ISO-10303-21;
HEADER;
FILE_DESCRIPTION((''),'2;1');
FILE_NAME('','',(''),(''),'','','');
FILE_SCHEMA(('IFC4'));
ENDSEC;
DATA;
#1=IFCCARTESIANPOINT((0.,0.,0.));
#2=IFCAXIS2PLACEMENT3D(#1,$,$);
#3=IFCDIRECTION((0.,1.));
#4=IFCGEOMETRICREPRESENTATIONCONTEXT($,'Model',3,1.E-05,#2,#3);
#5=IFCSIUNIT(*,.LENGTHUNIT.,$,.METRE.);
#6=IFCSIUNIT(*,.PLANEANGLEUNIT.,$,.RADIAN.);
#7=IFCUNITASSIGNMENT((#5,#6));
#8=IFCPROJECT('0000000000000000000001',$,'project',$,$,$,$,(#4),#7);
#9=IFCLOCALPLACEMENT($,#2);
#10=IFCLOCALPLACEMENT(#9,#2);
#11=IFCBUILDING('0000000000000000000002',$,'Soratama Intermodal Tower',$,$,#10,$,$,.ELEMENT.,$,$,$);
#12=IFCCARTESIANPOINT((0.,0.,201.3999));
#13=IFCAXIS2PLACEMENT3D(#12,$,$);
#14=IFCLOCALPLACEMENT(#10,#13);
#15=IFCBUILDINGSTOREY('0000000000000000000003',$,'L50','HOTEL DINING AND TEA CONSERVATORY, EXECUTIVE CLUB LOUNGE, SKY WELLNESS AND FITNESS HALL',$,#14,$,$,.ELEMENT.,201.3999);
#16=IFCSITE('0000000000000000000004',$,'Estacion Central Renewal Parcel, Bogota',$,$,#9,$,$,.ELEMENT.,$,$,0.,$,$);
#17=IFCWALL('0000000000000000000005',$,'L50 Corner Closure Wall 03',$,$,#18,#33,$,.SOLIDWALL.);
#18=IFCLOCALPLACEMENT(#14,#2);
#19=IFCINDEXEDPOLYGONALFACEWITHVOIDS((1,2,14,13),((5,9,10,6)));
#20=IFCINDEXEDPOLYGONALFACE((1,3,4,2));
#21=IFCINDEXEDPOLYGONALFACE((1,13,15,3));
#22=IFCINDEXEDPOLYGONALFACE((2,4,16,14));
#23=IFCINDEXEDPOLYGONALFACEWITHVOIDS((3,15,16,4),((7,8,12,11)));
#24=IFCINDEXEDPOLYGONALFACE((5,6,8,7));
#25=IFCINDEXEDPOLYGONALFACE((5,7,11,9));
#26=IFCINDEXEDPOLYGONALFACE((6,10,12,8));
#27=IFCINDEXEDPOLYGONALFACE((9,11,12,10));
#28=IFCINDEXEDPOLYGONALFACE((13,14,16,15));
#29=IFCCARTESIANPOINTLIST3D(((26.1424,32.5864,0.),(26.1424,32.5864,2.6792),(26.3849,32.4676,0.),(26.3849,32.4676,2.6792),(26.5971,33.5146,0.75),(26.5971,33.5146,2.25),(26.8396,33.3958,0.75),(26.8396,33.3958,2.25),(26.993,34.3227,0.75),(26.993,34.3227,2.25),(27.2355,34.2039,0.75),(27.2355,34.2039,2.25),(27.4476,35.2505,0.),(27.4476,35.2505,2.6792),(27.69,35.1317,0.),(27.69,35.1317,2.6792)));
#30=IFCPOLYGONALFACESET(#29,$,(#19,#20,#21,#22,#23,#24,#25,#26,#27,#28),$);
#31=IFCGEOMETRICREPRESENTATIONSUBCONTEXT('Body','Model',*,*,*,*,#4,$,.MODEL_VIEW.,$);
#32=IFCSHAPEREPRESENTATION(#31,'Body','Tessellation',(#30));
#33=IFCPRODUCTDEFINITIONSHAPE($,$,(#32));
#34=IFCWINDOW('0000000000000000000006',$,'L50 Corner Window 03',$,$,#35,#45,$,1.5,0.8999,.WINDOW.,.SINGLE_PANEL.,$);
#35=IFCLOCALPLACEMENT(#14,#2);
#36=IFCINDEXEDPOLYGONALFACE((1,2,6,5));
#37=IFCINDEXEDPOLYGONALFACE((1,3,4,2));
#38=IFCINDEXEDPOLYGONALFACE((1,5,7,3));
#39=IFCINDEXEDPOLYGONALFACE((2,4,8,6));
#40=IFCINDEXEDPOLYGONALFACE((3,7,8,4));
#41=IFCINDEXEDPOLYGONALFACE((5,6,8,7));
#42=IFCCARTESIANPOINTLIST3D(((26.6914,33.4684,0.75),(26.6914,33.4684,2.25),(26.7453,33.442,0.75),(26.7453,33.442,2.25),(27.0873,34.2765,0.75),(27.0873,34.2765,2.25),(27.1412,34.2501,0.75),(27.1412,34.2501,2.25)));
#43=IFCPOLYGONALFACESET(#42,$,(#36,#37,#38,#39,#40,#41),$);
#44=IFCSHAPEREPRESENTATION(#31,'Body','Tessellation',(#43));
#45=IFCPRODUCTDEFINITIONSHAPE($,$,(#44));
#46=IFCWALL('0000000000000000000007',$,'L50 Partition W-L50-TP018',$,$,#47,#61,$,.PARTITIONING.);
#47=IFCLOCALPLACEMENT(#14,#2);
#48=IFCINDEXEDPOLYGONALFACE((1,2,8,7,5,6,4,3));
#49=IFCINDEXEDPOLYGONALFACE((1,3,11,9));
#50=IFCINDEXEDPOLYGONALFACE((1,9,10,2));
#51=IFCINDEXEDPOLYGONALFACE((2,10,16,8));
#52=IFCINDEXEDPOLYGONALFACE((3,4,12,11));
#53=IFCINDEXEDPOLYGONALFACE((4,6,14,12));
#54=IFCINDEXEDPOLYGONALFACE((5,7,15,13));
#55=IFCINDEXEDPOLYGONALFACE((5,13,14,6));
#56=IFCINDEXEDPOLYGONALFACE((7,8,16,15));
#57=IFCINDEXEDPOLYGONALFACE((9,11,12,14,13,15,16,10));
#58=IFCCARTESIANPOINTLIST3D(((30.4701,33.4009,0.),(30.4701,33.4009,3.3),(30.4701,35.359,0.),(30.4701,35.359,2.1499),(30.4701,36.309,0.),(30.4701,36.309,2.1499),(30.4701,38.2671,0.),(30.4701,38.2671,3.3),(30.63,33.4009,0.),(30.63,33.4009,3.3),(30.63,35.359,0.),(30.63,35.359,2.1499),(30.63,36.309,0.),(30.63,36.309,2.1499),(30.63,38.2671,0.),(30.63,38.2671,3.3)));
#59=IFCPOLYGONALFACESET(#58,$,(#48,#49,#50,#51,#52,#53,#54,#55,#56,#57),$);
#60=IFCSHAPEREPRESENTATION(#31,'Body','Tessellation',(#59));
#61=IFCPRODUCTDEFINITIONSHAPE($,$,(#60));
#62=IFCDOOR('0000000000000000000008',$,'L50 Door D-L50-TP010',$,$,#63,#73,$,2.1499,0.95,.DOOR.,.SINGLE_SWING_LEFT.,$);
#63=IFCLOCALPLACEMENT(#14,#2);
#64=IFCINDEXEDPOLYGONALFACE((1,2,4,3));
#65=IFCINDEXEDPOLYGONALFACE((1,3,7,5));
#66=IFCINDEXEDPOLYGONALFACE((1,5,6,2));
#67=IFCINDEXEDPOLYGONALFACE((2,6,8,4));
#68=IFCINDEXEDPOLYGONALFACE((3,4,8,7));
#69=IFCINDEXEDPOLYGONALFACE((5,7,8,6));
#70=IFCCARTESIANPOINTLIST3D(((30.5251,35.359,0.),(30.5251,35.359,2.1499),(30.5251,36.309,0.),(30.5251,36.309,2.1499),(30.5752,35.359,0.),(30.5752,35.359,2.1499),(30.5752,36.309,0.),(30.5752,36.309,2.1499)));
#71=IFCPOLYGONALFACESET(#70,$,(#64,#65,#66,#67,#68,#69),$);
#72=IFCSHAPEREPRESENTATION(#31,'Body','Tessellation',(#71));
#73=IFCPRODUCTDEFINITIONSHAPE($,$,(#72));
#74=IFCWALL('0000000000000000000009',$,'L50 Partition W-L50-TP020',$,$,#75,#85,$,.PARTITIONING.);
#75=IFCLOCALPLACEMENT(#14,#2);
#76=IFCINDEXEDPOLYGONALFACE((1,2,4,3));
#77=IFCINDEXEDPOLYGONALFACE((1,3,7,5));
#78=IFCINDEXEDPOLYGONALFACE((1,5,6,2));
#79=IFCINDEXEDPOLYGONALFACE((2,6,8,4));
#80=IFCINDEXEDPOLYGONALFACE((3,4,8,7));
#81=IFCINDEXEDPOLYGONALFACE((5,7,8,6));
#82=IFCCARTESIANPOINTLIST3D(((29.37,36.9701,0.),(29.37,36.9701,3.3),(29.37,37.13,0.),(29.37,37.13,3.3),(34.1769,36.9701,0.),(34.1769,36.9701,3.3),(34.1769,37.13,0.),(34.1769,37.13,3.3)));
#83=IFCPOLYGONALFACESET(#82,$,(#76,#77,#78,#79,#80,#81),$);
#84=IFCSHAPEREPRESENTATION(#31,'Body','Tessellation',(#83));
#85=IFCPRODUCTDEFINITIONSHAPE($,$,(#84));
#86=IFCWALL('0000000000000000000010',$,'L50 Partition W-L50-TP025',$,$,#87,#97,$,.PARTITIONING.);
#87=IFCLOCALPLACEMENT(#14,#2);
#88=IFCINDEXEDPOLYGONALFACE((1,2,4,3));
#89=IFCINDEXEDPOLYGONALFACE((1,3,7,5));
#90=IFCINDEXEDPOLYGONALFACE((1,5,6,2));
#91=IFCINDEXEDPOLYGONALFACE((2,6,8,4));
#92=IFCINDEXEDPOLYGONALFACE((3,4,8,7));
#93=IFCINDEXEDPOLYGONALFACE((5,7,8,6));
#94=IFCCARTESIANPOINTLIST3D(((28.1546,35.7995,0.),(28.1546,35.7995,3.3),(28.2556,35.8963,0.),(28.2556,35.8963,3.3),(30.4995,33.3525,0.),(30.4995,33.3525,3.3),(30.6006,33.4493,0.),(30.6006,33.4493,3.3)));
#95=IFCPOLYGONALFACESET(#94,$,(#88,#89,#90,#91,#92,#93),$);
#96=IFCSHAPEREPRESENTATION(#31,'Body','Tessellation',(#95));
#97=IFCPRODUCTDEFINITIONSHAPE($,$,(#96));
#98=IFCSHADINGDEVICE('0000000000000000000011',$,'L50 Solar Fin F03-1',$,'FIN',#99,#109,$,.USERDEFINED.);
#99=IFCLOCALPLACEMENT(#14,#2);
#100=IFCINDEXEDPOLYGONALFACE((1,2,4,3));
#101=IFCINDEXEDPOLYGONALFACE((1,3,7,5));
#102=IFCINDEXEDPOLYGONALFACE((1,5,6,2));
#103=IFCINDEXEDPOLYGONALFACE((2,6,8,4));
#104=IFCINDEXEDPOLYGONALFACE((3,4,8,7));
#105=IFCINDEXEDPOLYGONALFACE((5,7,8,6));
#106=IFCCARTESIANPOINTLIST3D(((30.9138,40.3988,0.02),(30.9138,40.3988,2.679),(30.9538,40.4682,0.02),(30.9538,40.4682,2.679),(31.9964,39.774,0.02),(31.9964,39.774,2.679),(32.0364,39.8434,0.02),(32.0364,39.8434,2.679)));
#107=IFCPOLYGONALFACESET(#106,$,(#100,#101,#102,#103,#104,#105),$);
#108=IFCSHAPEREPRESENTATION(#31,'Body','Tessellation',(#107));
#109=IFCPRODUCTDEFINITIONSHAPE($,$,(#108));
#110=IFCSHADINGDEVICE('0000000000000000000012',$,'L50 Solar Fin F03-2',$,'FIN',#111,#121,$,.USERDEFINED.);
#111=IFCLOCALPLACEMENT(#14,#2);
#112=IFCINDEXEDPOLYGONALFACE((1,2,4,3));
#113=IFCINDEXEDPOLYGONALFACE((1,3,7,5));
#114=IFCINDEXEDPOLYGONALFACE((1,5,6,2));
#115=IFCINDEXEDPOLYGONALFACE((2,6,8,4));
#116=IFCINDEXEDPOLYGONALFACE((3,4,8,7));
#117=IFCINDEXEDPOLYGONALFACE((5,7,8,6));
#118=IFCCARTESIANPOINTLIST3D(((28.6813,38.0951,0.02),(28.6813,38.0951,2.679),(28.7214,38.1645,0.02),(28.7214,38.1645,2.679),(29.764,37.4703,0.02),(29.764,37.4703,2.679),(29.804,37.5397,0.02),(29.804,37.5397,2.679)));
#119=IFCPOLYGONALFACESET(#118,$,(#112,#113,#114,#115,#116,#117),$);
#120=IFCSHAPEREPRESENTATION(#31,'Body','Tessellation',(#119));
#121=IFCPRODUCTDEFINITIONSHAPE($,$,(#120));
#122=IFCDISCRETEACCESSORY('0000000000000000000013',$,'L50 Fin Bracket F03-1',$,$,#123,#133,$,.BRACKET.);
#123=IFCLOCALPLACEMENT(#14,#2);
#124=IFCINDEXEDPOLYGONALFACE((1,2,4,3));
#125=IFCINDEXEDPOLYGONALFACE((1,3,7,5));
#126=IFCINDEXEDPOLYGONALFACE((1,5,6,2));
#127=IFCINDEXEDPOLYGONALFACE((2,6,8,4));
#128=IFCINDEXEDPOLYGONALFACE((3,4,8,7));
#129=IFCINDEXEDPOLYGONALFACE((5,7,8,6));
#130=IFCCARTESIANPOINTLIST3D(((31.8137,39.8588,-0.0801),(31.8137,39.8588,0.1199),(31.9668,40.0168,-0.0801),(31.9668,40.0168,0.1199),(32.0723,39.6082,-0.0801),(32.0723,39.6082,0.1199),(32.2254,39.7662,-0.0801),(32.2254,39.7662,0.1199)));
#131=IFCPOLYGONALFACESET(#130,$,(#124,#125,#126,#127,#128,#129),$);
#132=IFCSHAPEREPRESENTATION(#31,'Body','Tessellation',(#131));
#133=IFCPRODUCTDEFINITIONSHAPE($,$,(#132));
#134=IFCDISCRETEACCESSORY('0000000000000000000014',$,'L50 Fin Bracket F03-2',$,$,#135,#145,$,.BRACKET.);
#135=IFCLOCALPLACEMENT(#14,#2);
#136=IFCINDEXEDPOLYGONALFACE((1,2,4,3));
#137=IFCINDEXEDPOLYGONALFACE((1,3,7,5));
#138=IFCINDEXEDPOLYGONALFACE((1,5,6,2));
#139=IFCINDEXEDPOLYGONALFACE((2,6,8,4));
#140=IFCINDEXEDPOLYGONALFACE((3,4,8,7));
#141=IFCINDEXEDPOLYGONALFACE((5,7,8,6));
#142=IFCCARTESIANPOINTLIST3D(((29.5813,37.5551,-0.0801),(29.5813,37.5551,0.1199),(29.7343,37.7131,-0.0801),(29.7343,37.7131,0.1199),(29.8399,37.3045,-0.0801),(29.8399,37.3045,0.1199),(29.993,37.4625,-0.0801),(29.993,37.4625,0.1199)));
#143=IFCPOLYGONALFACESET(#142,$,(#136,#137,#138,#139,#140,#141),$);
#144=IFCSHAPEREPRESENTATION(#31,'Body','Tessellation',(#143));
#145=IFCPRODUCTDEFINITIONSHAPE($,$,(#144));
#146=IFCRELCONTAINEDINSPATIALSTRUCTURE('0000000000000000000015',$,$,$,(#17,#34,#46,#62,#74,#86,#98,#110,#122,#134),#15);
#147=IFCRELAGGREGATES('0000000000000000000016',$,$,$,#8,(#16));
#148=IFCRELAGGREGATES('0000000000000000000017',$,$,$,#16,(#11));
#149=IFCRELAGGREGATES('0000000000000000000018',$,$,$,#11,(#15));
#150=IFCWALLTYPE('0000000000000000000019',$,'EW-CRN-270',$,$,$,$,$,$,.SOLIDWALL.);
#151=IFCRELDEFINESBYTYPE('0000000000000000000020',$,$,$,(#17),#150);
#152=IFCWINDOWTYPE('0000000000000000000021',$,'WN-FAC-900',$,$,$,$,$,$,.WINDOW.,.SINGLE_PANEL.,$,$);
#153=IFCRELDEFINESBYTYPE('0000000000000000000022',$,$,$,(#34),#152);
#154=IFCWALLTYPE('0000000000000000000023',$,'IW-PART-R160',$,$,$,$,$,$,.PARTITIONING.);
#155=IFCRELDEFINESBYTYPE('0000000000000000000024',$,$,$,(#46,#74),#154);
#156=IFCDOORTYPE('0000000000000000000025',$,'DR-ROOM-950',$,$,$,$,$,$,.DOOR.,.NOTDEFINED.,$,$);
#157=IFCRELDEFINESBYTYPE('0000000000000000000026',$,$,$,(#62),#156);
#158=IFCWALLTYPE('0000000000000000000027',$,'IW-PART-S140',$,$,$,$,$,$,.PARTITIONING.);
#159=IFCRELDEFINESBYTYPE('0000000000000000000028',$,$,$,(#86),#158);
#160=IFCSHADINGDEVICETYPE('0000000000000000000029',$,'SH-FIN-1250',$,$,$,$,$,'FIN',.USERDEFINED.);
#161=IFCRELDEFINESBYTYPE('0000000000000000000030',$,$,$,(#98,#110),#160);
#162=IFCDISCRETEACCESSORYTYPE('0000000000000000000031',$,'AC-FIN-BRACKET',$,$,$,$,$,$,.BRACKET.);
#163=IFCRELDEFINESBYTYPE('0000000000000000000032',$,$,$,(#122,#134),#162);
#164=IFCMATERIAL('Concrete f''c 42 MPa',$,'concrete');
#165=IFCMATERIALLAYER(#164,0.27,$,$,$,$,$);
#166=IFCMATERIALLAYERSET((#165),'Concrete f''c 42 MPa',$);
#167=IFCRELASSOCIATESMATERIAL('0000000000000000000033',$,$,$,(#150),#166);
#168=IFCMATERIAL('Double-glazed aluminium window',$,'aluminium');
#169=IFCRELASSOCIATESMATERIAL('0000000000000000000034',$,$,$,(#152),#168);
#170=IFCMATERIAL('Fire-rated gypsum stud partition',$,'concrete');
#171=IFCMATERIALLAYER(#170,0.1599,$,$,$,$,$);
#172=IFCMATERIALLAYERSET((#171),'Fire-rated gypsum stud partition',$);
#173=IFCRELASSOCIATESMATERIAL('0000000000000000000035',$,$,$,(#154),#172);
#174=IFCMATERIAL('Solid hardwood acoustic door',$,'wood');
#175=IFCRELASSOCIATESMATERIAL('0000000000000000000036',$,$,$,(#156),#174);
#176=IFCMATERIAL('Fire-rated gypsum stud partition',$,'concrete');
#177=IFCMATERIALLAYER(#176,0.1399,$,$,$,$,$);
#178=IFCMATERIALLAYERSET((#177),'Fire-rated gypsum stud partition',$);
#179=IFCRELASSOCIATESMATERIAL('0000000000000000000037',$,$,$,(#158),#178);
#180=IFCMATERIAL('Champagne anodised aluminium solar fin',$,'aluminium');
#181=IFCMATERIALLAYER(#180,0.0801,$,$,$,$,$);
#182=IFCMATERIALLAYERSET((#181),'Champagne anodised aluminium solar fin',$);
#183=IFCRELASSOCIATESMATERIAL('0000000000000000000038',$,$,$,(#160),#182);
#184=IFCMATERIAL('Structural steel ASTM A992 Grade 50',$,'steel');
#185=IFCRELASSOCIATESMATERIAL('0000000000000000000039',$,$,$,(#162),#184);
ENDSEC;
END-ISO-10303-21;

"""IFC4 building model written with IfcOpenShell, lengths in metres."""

from ifc_helpers import new_model, si_unit, direction, frame, frame_2d, origin, origin_2d, place, context, subcontext, project, spatial, rectangle, extrude, material, layer, layer_set, type_object, element, fill, save


model = new_model("IFC4")

# Units and contexts
model_context = context("Model", 3, precision=1e-05, world=origin(), true_north=direction((0.0, 1.0)))
body_context = subcontext(model_context, "Body", "Model", "MODEL_VIEW")
ifc_project = project(units=[si_unit("LENGTHUNIT", "METRE"), si_unit("PLANEANGLEUNIT", "RADIAN")], contexts=[model_context])

# Site, building, storey
site_placement = place(None, origin())
site = spatial("IfcSite", under=ifc_project, at=site_placement, Name="Estacion Central Renewal Parcel, Bogota", CompositionType="ELEMENT", RefElevation=0.0)
building_placement = place(site_placement, origin())
building = spatial("IfcBuilding", under=site, at=building_placement, Name="Soratama Intermodal Tower", CompositionType="ELEMENT")
storey_placement = place(building_placement, frame((0.0, 0.0, 201.3999)))
storey = spatial("IfcBuildingStorey", under=building, at=storey_placement, Name="L50", Description="HOTEL DINING AND TEA CONSERVATORY, EXECUTIVE CLUB LOUNGE, SKY WELLNESS AND FITNESS HALL", CompositionType="ELEMENT", Elevation=201.3999)

# Wall, opening, window
ifc_material_1 = material(Name="Concrete f'c 42 MPa", Category="concrete")
ifc_layer_1 = layer(ifc_material_1, 0.27)
ifc_layer_set_1 = layer_set([ifc_layer_1], Name="Concrete f'c 42 MPa")
wall_type_1 = type_object("IfcWallType", Name="EW-CRN-270", PredefinedType="SOLIDWALL", material=ifc_layer_set_1)
wall_1_placement = place(storey_placement, frame((27.5688, 35.1912, 0.0), z_axis=(0.0, 0.0, 1.0), x_axis=(-0.439957, -0.898019, 0.0)))
wall_1 = element("IfcWall", 1, at=wall_1_placement, inside=storey, type_object=wall_type_1, Name="L50 Corner Closure Wall 03", PredefinedType="SOLIDWALL", context=body_context, shape_type="SweptSolid", body=[
    extrude(rectangle(XDim=2.9666, YDim=0.27, at=frame_2d((1.4834, 0.0))), origin(), (0.0, 0.0, 1.0), 2.6792),
])
opening_1_placement = place(wall_1_placement, frame((1.0332, 0.0, 0.75)))
opening_1 = element("IfcOpeningElement", 2, at=opening_1_placement, cuts=wall_1, PredefinedType="OPENING", context=body_context, shape_type="SweptSolid", body=[
    extrude(rectangle(XDim=0.8999, YDim=1.5, at=frame_2d((0.45, 0.75))), frame((0.0, 0.145, 0.0), z_axis=(0.0, -1.0, 0.0), x_axis=(1.0, 0.0, 0.0)), (0.0, 0.0, 1.0), 0.29),
])
ifc_material_2 = material(Name="Double-glazed aluminium window", Category="aluminium")
window_type = type_object("IfcWindowType", Name="WN-FAC-900", PartitioningType="SINGLE_PANEL", PredefinedType="WINDOW", material=ifc_material_2)
window_placement = place(opening_1_placement, origin())
window = element("IfcWindow", 3, at=window_placement, inside=storey, type_object=window_type, Name="L50 Corner Window 03", OverallHeight=1.5, OverallWidth=0.8999, PartitioningType="SINGLE_PANEL", PredefinedType="WINDOW", context=body_context, shape_type="SweptSolid", body=[
    extrude(rectangle(XDim=0.8999, YDim=1.5, at=frame_2d((0.45, 0.75))), frame((0.0, 0.03, 0.0), z_axis=(0.0, -1.0, 0.0), x_axis=(1.0, 0.0, 0.0)), (0.0, 0.0, 1.0), 0.0601),
])
fill(opening_1, window)

# Wall, opening, door
ifc_material_3 = material(Name="Fire-rated gypsum stud partition", Category="concrete")
ifc_layer_2 = layer(ifc_material_3, 0.1599)
ifc_layer_set_2 = layer_set([ifc_layer_2], Name="Fire-rated gypsum stud partition")
wall_type_2 = type_object("IfcWallType", Name="IW-PART-R160", PredefinedType="PARTITIONING", material=ifc_layer_set_2)
wall_2_placement = place(storey_placement, frame((30.55, 33.4009, 0.0), z_axis=(0.0, 0.0, 1.0), x_axis=(0.0, 1.0, 0.0)))
wall_2 = element("IfcWall", 4, at=wall_2_placement, inside=storey, type_object=wall_type_2, Name="L50 Partition W-L50-TP018", PredefinedType="PARTITIONING", context=body_context, shape_type="SweptSolid", body=[
    extrude(rectangle(XDim=4.8662, YDim=0.1599, at=frame_2d((2.4331, 0.0))), origin(), (0.0, 0.0, 1.0), 3.3),
])
opening_2_placement = place(wall_2_placement, frame((1.958, 0.0, 0.0)))
opening_2 = element("IfcOpeningElement", 5, at=opening_2_placement, cuts=wall_2, PredefinedType="OPENING", context=body_context, shape_type="SweptSolid", body=[
    extrude(rectangle(XDim=0.95, YDim=2.1499, at=frame_2d((0.4751, 1.075))), frame((0.0, 0.0898, 0.0), z_axis=(0.0, -1.0, 0.0), x_axis=(1.0, 0.0, 0.0)), (0.0, 0.0, 1.0), 0.1799),
])
ifc_material_4 = material(Name="Solid hardwood acoustic door", Category="wood")
door_type = type_object("IfcDoorType", Name="DR-ROOM-950", OperationType="NOTDEFINED", PredefinedType="DOOR", material=ifc_material_4)
door_placement = place(opening_2_placement, origin())
door = element("IfcDoor", 6, at=door_placement, inside=storey, type_object=door_type, Name="L50 Door D-L50-TP010", OperationType="SINGLE_SWING_LEFT", OverallHeight=2.1499, OverallWidth=0.95, PredefinedType="DOOR", context=body_context, shape_type="SweptSolid", body=[
    extrude(rectangle(XDim=0.95, YDim=2.1499, at=frame_2d((0.4751, 1.075))), frame((0.0, 0.0249, 0.0), z_axis=(0.0, -1.0, 0.0), x_axis=(1.0, 0.0, 0.0)), (0.0, 0.0, 1.0), 0.05),
])
fill(opening_2, door)

# Walls
wall_3_placement = place(storey_placement, frame((29.3701, 37.05, 0.0), z_axis=(0.0, 0.0, 1.0), x_axis=(1.0, 0.0, 0.0)))
element("IfcWall", 7, at=wall_3_placement, inside=storey, type_object=wall_type_2, Name="L50 Partition W-L50-TP020", PredefinedType="PARTITIONING", context=body_context, shape_type="SweptSolid", body=[
    extrude(rectangle(XDim=4.8069, YDim=0.1599, at=frame_2d((2.4033, 0.0))), origin(), (0.0, 0.0, 1.0), 3.3),
])
ifc_material_5 = material(Name="Fire-rated gypsum stud partition", Category="concrete")
ifc_layer_3 = layer(ifc_material_5, 0.1399)
ifc_layer_set_3 = layer_set([ifc_layer_3], Name="Fire-rated gypsum stud partition")
wall_type_3 = type_object("IfcWallType", Name="IW-PART-S140", PredefinedType="PARTITIONING", material=ifc_layer_set_3)
wall_4_placement = place(storey_placement, frame((30.55, 33.4009, 0.0), z_axis=(0.0, 0.0, 1.0), x_axis=(-0.691891, 0.722002, 0.0)))
element("IfcWall", 8, at=wall_4_placement, inside=storey, type_object=wall_type_3, Name="L50 Partition W-L50-TP025", PredefinedType="PARTITIONING", context=body_context, shape_type="SweptSolid", body=[
    extrude(rectangle(XDim=3.3892, YDim=0.1399, at=frame_2d((1.6946, 0.0))), origin(), (0.0, 0.0, 1.0), 3.3),
])

# Shading devices
ifc_material_6 = material(Name="Champagne anodised aluminium solar fin", Category="aluminium")
ifc_layer_4 = layer(ifc_material_6, 0.0801)
ifc_layer_set_4 = layer_set([ifc_layer_4], Name="Champagne anodised aluminium solar fin")
shading_device_type = type_object("IfcShadingDeviceType", Name="SH-FIN-1250", ElementType="FIN", PredefinedType="USERDEFINED", material=ifc_layer_set_4)
for number, where, z_axis, x_axis, name in (
    (9, (31.4751, 40.1211, 0.02), (0.0, 0.0, 1.0), (-0.866113, 0.499849, 0.0), "L50 Solar Fin F03-1"),
    (10, (29.2427, 37.8174, 0.02), (0.0, 0.0, 1.0), (-0.866113, 0.499849, 0.0), "L50 Solar Fin F03-2"),
):
    element("IfcShadingDevice", number, at=place(storey_placement, frame(where, z_axis=z_axis, x_axis=x_axis)), inside=storey, type_object=shading_device_type, Name=name, ObjectType="FIN", PredefinedType="USERDEFINED", context=body_context, shape_type="SweptSolid", body=[
        extrude(rectangle(XDim=1.25, YDim=0.0801, at=origin_2d()), origin(), (0.0, 0.0, 1.0), 2.6589),
    ])

# Discrete accessories
ifc_material_7 = material(Name="Structural steel ASTM A992 Grade 50", Category="steel")
discrete_accessory_type = type_object("IfcDiscreteAccessoryType", Name="AC-FIN-BRACKET", PredefinedType="BRACKET", material=ifc_material_7)
for number, where, z_axis, x_axis, name in (
    (11, (32.0195, 39.8125, -0.0801), (0.0, 0.0, 1.0), (-0.718126, 0.695913, 0.0), "L50 Fin Bracket F03-1"),
    (12, (29.7871, 37.5088, -0.0801), (0.0, 0.0, 1.0), (-0.718126, 0.695913, 0.0), "L50 Fin Bracket F03-2"),
):
    element("IfcDiscreteAccessory", number, at=place(storey_placement, frame(where, z_axis=z_axis, x_axis=x_axis)), inside=storey, type_object=discrete_accessory_type, Name=name, PredefinedType="BRACKET", context=body_context, shape_type="SweptSolid", body=[
        extrude(rectangle(XDim=0.3601, YDim=0.22, at=origin_2d()), origin(), (0.0, 0.0, 1.0), 0.2),
    ])

save(model, "model.ifc")
